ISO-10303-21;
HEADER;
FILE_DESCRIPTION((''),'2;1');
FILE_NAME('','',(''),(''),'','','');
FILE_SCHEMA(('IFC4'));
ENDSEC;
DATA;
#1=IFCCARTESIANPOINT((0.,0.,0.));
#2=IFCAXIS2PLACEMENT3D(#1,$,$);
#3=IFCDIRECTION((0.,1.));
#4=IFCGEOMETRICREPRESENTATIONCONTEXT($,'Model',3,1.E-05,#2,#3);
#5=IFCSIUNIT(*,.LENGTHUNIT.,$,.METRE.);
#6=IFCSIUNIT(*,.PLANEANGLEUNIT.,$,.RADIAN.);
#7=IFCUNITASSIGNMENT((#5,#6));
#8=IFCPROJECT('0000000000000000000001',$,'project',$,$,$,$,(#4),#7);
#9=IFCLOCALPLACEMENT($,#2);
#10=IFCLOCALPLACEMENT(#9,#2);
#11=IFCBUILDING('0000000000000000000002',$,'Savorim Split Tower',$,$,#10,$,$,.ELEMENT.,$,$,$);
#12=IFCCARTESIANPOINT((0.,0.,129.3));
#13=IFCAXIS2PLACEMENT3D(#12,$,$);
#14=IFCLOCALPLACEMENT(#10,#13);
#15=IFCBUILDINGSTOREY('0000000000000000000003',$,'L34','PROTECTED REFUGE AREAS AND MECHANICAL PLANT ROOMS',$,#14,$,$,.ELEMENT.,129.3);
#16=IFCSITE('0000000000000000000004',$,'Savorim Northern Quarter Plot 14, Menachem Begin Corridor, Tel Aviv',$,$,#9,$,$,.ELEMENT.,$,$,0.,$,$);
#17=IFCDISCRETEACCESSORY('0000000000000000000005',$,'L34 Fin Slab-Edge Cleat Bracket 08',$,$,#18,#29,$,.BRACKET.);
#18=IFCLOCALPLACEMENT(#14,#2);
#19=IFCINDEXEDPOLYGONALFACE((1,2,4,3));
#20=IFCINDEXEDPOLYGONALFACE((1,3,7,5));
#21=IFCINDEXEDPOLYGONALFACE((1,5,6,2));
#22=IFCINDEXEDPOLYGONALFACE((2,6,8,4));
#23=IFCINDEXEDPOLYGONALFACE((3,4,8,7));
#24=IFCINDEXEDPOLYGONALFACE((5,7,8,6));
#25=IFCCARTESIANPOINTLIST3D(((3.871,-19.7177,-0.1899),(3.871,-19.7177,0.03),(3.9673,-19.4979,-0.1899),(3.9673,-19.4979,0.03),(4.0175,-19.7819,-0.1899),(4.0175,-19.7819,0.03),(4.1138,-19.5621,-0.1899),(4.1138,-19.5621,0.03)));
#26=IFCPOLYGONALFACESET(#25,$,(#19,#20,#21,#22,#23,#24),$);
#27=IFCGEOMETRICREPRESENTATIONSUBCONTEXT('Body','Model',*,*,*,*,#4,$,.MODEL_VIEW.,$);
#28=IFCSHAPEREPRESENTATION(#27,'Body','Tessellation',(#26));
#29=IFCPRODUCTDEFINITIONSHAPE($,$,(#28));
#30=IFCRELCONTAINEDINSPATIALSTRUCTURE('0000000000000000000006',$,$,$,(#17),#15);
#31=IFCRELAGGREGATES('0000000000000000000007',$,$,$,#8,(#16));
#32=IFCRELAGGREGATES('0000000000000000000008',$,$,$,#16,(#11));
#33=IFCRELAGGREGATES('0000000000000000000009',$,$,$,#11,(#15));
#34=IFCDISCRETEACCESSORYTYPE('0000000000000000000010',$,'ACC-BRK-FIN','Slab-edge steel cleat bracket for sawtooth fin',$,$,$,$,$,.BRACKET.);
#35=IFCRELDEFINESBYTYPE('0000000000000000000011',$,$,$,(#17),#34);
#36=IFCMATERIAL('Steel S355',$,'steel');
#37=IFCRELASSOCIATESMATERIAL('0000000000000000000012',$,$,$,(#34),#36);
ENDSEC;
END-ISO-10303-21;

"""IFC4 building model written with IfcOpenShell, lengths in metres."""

from ifc_helpers import new_model, si_unit, direction, frame, origin, origin_2d, place, context, subcontext, project, spatial, rectangle, extrude, material, type_object, element, save


model = new_model("IFC4")

# Units and contexts
model_context = context("Model", 3, precision=1e-05, world=origin(), true_north=direction((0.0, 1.0)))
body_context = subcontext(model_context, "Body", "Model", "MODEL_VIEW")
ifc_project = project(units=[si_unit("LENGTHUNIT", "METRE"), si_unit("PLANEANGLEUNIT", "RADIAN")], contexts=[model_context])

# Site, building, storey
site_placement = place(None, origin())
site = spatial("IfcSite", under=ifc_project, at=site_placement, Name="Savorim Northern Quarter Plot 14, Menachem Begin Corridor, Tel Aviv", CompositionType="ELEMENT", RefElevation=0.0)
building_placement = place(site_placement, origin())
building = spatial("IfcBuilding", under=site, at=building_placement, Name="Savorim Split Tower", CompositionType="ELEMENT")
storey_placement = place(building_placement, frame((0.0, 0.0, 129.3)))
storey = spatial("IfcBuildingStorey", under=building, at=storey_placement, Name="L34", Description="PROTECTED REFUGE AREAS AND MECHANICAL PLANT ROOMS", CompositionType="ELEMENT", Elevation=129.3)

# Shared definitions
ifc_material_1 = material(Name="Steel S355", Category="steel")

# Discrete accessory
discrete_accessory_type = type_object("IfcDiscreteAccessoryType", Name="ACC-BRK-FIN", Description="Slab-edge steel cleat bracket for sawtooth fin", PredefinedType="BRACKET", material=ifc_material_1)
discrete_accessory_placement = place(storey_placement, frame((3.9924, -19.6399, -0.1899), z_axis=(0.0, 0.0, 1.0), x_axis=(-0.40123, -0.915977, 0.0)))
element("IfcDiscreteAccessory", 1, at=discrete_accessory_placement, inside=storey, type_object=discrete_accessory_type, Name="L34 Fin Slab-Edge Cleat Bracket 08", PredefinedType="BRACKET", context=body_context, shape_type="SweptSolid", body=[
    extrude(rectangle(XDim=0.24, YDim=0.1599, at=origin_2d()), origin(), (0.0, 0.0, 1.0), 0.22),
])

save(model, "model.ifc")
